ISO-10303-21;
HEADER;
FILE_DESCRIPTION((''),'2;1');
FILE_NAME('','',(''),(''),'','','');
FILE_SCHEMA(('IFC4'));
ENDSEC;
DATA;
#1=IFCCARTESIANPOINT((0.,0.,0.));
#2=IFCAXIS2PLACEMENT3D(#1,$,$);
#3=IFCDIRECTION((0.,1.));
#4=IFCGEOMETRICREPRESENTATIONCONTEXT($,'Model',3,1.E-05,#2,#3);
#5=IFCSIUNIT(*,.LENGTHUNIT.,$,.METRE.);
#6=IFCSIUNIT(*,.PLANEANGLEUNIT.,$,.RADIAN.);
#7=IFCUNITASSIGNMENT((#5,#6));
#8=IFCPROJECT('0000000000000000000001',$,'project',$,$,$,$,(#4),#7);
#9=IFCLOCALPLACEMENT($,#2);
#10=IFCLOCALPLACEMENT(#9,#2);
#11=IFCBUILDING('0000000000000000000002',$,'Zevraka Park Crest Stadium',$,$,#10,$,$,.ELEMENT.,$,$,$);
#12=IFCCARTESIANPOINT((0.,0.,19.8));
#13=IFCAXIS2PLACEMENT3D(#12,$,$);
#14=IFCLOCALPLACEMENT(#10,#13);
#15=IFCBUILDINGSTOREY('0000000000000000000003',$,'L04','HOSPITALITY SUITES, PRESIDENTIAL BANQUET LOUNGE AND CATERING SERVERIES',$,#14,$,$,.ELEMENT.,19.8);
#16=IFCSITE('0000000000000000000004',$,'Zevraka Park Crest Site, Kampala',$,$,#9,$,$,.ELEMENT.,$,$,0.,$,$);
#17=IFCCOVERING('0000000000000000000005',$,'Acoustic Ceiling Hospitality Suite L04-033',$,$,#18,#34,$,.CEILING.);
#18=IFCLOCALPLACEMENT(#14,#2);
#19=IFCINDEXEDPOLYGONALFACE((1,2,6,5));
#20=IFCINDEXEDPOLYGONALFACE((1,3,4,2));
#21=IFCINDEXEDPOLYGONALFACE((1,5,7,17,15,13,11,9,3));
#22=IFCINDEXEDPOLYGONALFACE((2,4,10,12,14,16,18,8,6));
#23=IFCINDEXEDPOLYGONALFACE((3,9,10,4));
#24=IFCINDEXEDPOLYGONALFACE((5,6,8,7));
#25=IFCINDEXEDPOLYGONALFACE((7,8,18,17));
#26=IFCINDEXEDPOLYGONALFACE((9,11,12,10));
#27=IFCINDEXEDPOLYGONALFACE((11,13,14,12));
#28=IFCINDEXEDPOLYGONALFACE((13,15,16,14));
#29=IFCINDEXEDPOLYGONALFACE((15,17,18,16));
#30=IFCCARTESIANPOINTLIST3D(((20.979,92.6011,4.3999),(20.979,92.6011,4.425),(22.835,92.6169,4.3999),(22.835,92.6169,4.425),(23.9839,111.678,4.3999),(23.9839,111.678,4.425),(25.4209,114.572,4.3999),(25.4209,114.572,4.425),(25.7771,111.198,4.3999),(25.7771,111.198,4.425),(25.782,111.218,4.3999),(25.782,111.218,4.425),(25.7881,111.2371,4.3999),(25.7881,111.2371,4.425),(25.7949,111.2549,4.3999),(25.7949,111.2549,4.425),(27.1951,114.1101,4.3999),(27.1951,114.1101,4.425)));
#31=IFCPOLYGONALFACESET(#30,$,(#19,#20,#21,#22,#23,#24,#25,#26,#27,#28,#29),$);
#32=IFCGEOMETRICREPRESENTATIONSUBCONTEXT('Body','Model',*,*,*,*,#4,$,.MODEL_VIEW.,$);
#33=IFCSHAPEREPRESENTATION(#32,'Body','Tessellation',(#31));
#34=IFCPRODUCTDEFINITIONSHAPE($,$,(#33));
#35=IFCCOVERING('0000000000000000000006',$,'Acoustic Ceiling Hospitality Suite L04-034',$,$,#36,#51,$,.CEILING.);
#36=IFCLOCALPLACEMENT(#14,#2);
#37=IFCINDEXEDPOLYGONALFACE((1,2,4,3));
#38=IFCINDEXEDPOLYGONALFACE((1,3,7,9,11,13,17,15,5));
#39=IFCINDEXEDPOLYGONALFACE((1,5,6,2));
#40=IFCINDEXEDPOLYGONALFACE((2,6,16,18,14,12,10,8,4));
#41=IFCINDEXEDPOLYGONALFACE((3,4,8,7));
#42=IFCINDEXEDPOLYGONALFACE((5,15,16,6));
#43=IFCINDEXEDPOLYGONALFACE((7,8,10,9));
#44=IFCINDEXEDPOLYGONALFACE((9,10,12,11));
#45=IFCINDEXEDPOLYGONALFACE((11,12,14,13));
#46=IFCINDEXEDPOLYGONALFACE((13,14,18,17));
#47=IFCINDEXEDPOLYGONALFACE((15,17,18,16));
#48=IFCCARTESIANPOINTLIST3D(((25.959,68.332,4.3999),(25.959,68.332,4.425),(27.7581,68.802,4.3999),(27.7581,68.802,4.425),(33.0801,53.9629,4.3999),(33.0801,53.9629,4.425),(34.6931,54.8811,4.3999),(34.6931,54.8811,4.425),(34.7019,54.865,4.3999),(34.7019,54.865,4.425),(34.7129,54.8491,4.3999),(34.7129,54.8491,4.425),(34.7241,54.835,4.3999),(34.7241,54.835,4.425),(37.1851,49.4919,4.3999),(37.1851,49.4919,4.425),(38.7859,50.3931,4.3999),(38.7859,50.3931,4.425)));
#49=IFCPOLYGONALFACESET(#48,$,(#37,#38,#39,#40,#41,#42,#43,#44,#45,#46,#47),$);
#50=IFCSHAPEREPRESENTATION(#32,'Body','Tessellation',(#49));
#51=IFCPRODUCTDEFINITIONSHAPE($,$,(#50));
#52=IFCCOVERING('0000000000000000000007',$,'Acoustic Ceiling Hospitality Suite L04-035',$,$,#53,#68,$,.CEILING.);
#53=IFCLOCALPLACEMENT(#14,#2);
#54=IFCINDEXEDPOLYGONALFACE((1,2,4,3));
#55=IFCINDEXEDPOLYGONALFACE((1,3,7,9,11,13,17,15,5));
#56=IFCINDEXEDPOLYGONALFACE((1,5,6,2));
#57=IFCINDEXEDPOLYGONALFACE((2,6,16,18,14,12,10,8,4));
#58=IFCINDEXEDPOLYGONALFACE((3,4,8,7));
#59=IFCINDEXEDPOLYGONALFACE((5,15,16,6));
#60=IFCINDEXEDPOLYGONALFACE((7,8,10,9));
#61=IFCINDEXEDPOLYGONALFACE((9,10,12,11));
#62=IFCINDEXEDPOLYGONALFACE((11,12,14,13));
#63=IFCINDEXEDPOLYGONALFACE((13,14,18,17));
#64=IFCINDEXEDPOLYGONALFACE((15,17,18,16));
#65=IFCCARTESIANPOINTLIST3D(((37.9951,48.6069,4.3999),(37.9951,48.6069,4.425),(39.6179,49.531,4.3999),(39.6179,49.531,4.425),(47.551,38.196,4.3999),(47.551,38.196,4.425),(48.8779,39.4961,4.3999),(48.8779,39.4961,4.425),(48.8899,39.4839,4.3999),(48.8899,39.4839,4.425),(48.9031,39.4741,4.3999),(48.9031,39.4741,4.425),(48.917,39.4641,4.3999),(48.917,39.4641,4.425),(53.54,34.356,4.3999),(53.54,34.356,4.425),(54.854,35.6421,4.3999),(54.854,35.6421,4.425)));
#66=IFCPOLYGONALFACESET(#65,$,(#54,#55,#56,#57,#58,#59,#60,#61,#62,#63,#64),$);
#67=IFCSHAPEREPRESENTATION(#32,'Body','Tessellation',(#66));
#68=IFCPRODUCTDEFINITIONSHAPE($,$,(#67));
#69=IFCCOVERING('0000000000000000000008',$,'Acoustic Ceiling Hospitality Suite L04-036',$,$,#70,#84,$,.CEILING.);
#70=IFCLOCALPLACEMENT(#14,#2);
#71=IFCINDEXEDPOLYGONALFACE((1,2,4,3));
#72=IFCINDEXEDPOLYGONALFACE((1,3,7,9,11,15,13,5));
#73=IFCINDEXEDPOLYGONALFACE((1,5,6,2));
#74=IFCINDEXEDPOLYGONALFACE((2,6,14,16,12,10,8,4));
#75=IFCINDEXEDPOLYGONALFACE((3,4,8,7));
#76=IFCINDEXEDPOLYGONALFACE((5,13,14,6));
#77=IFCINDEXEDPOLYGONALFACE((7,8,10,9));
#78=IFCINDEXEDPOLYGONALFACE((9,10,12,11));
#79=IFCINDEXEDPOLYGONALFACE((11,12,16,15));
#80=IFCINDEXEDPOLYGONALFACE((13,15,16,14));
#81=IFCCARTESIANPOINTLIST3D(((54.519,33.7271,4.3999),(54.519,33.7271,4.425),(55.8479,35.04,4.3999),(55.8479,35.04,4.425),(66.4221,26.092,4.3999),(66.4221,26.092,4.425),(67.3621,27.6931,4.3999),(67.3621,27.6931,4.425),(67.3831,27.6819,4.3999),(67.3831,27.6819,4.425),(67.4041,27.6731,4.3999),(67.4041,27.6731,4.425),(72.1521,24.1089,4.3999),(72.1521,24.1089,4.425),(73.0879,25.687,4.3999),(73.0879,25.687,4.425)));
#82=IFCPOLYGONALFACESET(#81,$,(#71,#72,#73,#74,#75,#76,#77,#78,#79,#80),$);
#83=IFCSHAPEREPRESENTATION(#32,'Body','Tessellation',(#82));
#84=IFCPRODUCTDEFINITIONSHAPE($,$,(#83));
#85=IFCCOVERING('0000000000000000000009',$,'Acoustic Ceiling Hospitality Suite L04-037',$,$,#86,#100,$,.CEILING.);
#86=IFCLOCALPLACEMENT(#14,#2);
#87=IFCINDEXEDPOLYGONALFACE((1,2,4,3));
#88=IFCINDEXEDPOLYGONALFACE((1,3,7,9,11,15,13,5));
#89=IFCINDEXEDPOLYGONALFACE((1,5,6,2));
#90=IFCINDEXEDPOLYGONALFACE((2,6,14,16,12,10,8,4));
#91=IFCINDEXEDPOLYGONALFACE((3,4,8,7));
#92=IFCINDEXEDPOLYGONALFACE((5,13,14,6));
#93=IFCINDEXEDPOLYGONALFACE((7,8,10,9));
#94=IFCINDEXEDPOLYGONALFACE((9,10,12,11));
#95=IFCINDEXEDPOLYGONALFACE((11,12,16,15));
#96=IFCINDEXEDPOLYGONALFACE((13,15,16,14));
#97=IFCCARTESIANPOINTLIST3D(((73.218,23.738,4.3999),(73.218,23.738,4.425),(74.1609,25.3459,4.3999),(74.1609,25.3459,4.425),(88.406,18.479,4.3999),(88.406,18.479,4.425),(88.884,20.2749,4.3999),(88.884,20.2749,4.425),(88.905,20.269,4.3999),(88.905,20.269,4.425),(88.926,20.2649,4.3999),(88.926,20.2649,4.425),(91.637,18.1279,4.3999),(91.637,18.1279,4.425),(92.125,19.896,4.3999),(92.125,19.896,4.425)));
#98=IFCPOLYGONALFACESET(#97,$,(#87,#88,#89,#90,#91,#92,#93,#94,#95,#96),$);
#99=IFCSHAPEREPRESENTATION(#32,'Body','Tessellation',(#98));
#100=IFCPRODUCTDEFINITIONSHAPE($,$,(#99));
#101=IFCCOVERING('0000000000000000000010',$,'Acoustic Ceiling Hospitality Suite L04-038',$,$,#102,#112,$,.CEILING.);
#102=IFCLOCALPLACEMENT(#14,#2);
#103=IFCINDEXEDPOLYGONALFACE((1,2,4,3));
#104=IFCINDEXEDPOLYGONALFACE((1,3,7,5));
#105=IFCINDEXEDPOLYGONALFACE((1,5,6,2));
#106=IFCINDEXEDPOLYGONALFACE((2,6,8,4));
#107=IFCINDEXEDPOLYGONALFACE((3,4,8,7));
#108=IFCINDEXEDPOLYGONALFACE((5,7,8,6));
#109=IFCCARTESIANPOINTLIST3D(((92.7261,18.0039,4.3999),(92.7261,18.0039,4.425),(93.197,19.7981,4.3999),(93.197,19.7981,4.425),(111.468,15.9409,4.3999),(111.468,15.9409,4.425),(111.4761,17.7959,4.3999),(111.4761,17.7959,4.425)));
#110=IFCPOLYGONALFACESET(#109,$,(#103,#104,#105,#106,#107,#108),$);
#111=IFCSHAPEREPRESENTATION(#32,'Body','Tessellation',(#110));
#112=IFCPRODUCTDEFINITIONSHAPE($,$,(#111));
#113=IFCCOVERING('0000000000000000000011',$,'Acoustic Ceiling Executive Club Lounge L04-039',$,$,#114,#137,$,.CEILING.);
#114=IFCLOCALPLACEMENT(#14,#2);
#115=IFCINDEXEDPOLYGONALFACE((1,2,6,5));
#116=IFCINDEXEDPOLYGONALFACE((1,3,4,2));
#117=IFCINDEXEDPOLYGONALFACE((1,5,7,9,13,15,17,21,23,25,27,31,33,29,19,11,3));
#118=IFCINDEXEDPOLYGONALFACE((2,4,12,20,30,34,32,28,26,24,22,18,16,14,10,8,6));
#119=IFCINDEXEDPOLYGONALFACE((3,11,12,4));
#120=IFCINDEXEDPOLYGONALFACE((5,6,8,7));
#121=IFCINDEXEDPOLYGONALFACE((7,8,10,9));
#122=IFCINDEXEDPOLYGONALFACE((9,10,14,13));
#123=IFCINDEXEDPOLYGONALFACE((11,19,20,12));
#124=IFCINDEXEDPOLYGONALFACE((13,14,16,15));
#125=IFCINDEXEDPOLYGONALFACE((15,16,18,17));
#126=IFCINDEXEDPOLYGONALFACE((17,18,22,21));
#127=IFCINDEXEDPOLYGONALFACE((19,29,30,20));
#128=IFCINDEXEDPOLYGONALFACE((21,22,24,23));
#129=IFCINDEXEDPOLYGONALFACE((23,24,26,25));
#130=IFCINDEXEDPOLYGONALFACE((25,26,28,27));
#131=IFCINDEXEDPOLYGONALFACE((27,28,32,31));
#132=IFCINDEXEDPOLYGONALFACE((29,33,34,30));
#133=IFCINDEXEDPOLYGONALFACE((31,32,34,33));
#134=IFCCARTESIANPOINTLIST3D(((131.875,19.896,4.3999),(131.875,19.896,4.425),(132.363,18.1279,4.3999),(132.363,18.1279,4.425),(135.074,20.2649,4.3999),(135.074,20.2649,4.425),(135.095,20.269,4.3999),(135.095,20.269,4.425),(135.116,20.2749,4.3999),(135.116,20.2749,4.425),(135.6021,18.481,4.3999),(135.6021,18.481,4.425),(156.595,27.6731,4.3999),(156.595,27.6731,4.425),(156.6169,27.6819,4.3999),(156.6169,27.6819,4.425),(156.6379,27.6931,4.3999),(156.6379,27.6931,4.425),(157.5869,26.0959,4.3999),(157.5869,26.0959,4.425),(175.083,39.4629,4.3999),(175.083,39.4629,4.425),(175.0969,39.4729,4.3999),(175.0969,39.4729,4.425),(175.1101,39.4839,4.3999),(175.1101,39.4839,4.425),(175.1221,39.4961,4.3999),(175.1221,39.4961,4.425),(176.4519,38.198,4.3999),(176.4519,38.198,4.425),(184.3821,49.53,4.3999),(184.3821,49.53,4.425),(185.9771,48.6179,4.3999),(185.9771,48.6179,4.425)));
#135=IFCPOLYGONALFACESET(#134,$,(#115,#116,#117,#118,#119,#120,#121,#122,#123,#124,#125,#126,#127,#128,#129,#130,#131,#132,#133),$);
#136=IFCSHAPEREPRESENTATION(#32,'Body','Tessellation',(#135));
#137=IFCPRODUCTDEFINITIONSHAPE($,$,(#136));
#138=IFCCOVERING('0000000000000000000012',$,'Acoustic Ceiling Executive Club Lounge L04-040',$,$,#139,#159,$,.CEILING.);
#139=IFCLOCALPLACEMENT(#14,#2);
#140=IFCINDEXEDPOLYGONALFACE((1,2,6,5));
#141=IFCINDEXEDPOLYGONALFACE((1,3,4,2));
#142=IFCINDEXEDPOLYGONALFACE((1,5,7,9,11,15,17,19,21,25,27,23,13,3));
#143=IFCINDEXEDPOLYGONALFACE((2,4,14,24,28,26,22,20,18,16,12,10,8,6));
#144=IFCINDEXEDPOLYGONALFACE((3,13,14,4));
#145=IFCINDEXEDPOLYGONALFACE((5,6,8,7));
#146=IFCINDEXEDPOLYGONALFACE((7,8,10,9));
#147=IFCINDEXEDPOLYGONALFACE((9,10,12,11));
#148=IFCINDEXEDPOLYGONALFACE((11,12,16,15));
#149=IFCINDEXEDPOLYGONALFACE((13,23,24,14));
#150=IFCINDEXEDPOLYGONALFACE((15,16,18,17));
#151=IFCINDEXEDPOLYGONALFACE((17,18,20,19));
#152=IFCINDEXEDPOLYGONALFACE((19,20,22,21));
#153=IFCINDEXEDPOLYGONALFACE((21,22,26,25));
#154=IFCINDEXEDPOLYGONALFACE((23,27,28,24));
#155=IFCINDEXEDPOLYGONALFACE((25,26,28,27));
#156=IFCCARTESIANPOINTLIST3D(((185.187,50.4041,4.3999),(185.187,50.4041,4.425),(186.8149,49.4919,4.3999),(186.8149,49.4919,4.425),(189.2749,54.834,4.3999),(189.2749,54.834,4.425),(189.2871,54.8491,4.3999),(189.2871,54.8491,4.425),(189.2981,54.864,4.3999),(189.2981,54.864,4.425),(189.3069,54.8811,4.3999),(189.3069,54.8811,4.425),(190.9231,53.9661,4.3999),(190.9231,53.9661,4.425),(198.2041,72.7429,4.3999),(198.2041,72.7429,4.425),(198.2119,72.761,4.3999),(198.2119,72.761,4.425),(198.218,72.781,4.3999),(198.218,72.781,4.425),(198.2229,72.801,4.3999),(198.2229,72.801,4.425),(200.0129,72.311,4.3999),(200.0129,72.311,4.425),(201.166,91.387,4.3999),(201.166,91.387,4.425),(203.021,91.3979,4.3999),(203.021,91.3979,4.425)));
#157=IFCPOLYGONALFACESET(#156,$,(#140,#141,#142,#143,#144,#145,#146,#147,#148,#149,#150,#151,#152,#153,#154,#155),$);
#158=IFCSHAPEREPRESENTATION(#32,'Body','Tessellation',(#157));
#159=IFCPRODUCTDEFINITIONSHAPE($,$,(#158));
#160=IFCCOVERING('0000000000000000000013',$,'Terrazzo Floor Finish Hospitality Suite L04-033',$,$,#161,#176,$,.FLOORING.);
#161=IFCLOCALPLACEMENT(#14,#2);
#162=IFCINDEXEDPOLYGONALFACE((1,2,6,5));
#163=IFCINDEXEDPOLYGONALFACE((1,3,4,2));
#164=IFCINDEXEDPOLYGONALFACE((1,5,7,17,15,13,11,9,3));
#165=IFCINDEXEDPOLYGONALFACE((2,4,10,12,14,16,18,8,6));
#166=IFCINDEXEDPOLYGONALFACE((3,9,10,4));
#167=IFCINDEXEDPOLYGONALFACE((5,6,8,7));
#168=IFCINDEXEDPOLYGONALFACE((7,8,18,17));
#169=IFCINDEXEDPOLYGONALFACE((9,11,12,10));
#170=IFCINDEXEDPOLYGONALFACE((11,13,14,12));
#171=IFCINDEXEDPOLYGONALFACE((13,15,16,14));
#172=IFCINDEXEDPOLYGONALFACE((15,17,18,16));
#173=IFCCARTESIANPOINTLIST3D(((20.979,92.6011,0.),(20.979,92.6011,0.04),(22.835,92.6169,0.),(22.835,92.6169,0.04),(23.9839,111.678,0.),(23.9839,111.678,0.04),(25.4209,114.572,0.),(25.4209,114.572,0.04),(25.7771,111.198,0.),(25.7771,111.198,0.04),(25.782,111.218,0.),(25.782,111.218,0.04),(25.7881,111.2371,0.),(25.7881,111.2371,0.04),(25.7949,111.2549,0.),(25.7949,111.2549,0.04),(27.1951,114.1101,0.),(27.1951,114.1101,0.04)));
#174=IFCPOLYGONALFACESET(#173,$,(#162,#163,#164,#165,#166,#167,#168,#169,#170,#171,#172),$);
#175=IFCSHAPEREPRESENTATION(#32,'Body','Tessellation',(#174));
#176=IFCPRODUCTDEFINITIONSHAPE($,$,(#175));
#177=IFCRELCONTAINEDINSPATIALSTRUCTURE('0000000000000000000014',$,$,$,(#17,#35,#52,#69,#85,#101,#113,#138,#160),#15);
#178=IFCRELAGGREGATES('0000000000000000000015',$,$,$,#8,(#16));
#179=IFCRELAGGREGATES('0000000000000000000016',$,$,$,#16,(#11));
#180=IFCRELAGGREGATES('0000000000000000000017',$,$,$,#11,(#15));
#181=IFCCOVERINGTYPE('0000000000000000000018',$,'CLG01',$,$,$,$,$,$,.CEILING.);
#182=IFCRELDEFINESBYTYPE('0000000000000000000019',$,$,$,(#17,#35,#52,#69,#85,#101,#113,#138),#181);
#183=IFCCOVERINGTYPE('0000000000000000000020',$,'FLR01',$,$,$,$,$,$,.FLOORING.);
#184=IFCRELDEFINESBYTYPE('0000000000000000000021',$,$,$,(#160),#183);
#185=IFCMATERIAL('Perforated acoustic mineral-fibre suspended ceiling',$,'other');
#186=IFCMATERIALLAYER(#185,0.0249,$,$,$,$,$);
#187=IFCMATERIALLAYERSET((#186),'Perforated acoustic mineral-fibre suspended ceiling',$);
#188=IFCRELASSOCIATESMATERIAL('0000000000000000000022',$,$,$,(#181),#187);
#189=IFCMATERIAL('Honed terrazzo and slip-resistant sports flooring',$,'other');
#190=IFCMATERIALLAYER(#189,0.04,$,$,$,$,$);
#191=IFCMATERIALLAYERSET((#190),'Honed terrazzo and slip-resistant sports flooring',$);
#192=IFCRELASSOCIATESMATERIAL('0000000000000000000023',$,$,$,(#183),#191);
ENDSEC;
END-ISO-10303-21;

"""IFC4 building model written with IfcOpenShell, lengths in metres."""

from ifc_helpers import new_model, si_unit, direction, frame, origin, place, context, subcontext, project, spatial, polyline, outline, extrude, material, layer, layer_set, type_object, element, save


model = new_model("IFC4")

# Units and contexts
model_context = context("Model", 3, precision=1e-05, world=origin(), true_north=direction((0.0, 1.0)))
body_context = subcontext(model_context, "Body", "Model", "MODEL_VIEW")
ifc_project = project(units=[si_unit("LENGTHUNIT", "METRE"), si_unit("PLANEANGLEUNIT", "RADIAN")], contexts=[model_context])

# Site, building, storey
site_placement = place(None, origin())
site = spatial("IfcSite", under=ifc_project, at=site_placement, Name="Zevraka Park Crest Site, Kampala", CompositionType="ELEMENT", RefElevation=0.0)
building_placement = place(site_placement, origin())
building = spatial("IfcBuilding", under=site, at=building_placement, Name="Zevraka Park Crest Stadium", CompositionType="ELEMENT")
storey_placement = place(building_placement, frame((0.0, 0.0, 19.8)))
storey = spatial("IfcBuildingStorey", under=building, at=storey_placement, Name="L04", Description="HOSPITALITY SUITES, PRESIDENTIAL BANQUET LOUNGE AND CATERING SERVERIES", CompositionType="ELEMENT", Elevation=19.8)

# Coverings
ifc_material_1 = material(Name="Perforated acoustic mineral-fibre suspended ceiling", Category="other")
ifc_layer_1 = layer(ifc_material_1, 0.0249)
ifc_layer_set_1 = layer_set([ifc_layer_1], Name="Perforated acoustic mineral-fibre suspended ceiling")
covering_type_1 = type_object("IfcCoveringType", Name="CLG01", PredefinedType="CEILING", material=ifc_layer_set_1)
covering_1_placement = place(storey_placement, frame((0.0, 0.0, 4.3999)))
element("IfcCovering", 1, at=covering_1_placement, inside=storey, type_object=covering_type_1, Name="Acoustic Ceiling Hospitality Suite L04-033", PredefinedType="CEILING", context=body_context, shape_type="SweptSolid", body=[
    extrude(outline(polyline([(20.979, 92.6011), (23.9839, 111.678), (25.4209, 114.572), (27.1951, 114.1101), (25.7949, 111.2549), (25.7881, 111.2371), (25.782, 111.218), (25.7771, 111.198), (22.835, 92.6169), (20.979, 92.6011)])), origin(), (0.0, 0.0, 1.0), 0.0251),
])
covering_2_placement = place(storey_placement, frame((0.0, 0.0, 4.3999)))
element("IfcCovering", 2, at=covering_2_placement, inside=storey, type_object=covering_type_1, Name="Acoustic Ceiling Hospitality Suite L04-034", PredefinedType="CEILING", context=body_context, shape_type="SweptSolid", body=[
    extrude(outline(polyline([(25.959, 68.332), (27.7581, 68.802), (34.6931, 54.8811), (34.7019, 54.865), (34.7129, 54.8491), (34.7241, 54.835), (38.7859, 50.3931), (37.1851, 49.4919), (33.0801, 53.9629), (25.959, 68.332)])), origin(), (0.0, 0.0, 1.0), 0.0251),
])
covering_3_placement = place(storey_placement, frame((0.0, 0.0, 4.3999)))
element("IfcCovering", 3, at=covering_3_placement, inside=storey, type_object=covering_type_1, Name="Acoustic Ceiling Hospitality Suite L04-035", PredefinedType="CEILING", context=body_context, shape_type="SweptSolid", body=[
    extrude(outline(polyline([(37.9951, 48.6069), (39.6179, 49.531), (48.8779, 39.4961), (48.8899, 39.4839), (48.9031, 39.4741), (48.917, 39.4641), (54.854, 35.6421), (53.54, 34.356), (47.551, 38.196), (37.9951, 48.6069)])), origin(), (0.0, 0.0, 1.0), 0.0251),
])
covering_4_placement = place(storey_placement, frame((0.0, 0.0, 4.3999)))
element("IfcCovering", 4, at=covering_4_placement, inside=storey, type_object=covering_type_1, Name="Acoustic Ceiling Hospitality Suite L04-036", PredefinedType="CEILING", context=body_context, shape_type="SweptSolid", body=[
    extrude(outline(polyline([(54.519, 33.7271), (55.8479, 35.04), (67.3621, 27.6931), (67.3831, 27.6819), (67.4041, 27.6731), (73.0879, 25.687), (72.1521, 24.1089), (66.4221, 26.092), (54.519, 33.7271)])), origin(), (0.0, 0.0, 1.0), 0.0251),
])
covering_5_placement = place(storey_placement, frame((0.0, 0.0, 4.3999)))
element("IfcCovering", 5, at=covering_5_placement, inside=storey, type_object=covering_type_1, Name="Acoustic Ceiling Hospitality Suite L04-037", PredefinedType="CEILING", context=body_context, shape_type="SweptSolid", body=[
    extrude(outline(polyline([(73.218, 23.738), (74.1609, 25.3459), (88.884, 20.2749), (88.905, 20.269), (88.926, 20.2649), (92.125, 19.896), (91.637, 18.1279), (88.406, 18.479), (73.218, 23.738)])), origin(), (0.0, 0.0, 1.0), 0.0251),
])
covering_6_placement = place(storey_placement, frame((0.0, 0.0, 4.3999)))
element("IfcCovering", 6, at=covering_6_placement, inside=storey, type_object=covering_type_1, Name="Acoustic Ceiling Hospitality Suite L04-038", PredefinedType="CEILING", context=body_context, shape_type="SweptSolid", body=[
    extrude(outline(polyline([(92.7261, 18.0039), (93.197, 19.7981), (111.4761, 17.7959), (111.468, 15.9409), (92.7261, 18.0039)])), origin(), (0.0, 0.0, 1.0), 0.0251),
])
covering_7_placement = place(storey_placement, frame((0.0, 0.0, 4.3999)))
element("IfcCovering", 7, at=covering_7_placement, inside=storey, type_object=covering_type_1, Name="Acoustic Ceiling Executive Club Lounge L04-039", PredefinedType="CEILING", context=body_context, shape_type="SweptSolid", body=[
    extrude(outline(polyline([(135.6021, 18.481), (132.363, 18.1279), (131.875, 19.896), (135.074, 20.2649), (135.095, 20.269), (135.116, 20.2749), (156.595, 27.6731), (156.6169, 27.6819), (156.6379, 27.6931), (175.083, 39.4629), (175.0969, 39.4729), (175.1101, 39.4839), (175.1221, 39.4961), (184.3821, 49.53), (185.9771, 48.6179), (176.4519, 38.198), (157.5869, 26.0959), (135.6021, 18.481)])), origin(), (0.0, 0.0, 1.0), 0.0251),
])
covering_8_placement = place(storey_placement, frame((0.0, 0.0, 4.3999)))
element("IfcCovering", 8, at=covering_8_placement, inside=storey, type_object=covering_type_1, Name="Acoustic Ceiling Executive Club Lounge L04-040", PredefinedType="CEILING", context=body_context, shape_type="SweptSolid", body=[
    extrude(outline(polyline([(185.187, 50.4041), (189.2749, 54.834), (189.2871, 54.8491), (189.2981, 54.864), (189.3069, 54.8811), (198.2041, 72.7429), (198.2119, 72.761), (198.218, 72.781), (198.2229, 72.801), (201.166, 91.387), (203.021, 91.3979), (200.0129, 72.311), (190.9231, 53.9661), (186.8149, 49.4919), (185.187, 50.4041)])), origin(), (0.0, 0.0, 1.0), 0.0251),
])
ifc_material_2 = material(Name="Honed terrazzo and slip-resistant sports flooring", Category="other")
ifc_layer_2 = layer(ifc_material_2, 0.04)
ifc_layer_set_2 = layer_set([ifc_layer_2], Name="Honed terrazzo and slip-resistant sports flooring")
covering_type_2 = type_object("IfcCoveringType", Name="FLR01", PredefinedType="FLOORING", material=ifc_layer_set_2)
covering_9_placement = place(storey_placement, origin())
element("IfcCovering", 9, at=covering_9_placement, inside=storey, type_object=covering_type_2, Name="Terrazzo Floor Finish Hospitality Suite L04-033", PredefinedType="FLOORING", context=body_context, shape_type="SweptSolid", body=[
    extrude(outline(polyline([(20.979, 92.6011), (23.9839, 111.678), (25.4209, 114.572), (27.1951, 114.1101), (25.7949, 111.2549), (25.7881, 111.2371), (25.782, 111.218), (25.7771, 111.198), (22.835, 92.6169), (20.979, 92.6011)])), origin(), (0.0, 0.0, 1.0), 0.04),
])

save(model, "model.ifc")
